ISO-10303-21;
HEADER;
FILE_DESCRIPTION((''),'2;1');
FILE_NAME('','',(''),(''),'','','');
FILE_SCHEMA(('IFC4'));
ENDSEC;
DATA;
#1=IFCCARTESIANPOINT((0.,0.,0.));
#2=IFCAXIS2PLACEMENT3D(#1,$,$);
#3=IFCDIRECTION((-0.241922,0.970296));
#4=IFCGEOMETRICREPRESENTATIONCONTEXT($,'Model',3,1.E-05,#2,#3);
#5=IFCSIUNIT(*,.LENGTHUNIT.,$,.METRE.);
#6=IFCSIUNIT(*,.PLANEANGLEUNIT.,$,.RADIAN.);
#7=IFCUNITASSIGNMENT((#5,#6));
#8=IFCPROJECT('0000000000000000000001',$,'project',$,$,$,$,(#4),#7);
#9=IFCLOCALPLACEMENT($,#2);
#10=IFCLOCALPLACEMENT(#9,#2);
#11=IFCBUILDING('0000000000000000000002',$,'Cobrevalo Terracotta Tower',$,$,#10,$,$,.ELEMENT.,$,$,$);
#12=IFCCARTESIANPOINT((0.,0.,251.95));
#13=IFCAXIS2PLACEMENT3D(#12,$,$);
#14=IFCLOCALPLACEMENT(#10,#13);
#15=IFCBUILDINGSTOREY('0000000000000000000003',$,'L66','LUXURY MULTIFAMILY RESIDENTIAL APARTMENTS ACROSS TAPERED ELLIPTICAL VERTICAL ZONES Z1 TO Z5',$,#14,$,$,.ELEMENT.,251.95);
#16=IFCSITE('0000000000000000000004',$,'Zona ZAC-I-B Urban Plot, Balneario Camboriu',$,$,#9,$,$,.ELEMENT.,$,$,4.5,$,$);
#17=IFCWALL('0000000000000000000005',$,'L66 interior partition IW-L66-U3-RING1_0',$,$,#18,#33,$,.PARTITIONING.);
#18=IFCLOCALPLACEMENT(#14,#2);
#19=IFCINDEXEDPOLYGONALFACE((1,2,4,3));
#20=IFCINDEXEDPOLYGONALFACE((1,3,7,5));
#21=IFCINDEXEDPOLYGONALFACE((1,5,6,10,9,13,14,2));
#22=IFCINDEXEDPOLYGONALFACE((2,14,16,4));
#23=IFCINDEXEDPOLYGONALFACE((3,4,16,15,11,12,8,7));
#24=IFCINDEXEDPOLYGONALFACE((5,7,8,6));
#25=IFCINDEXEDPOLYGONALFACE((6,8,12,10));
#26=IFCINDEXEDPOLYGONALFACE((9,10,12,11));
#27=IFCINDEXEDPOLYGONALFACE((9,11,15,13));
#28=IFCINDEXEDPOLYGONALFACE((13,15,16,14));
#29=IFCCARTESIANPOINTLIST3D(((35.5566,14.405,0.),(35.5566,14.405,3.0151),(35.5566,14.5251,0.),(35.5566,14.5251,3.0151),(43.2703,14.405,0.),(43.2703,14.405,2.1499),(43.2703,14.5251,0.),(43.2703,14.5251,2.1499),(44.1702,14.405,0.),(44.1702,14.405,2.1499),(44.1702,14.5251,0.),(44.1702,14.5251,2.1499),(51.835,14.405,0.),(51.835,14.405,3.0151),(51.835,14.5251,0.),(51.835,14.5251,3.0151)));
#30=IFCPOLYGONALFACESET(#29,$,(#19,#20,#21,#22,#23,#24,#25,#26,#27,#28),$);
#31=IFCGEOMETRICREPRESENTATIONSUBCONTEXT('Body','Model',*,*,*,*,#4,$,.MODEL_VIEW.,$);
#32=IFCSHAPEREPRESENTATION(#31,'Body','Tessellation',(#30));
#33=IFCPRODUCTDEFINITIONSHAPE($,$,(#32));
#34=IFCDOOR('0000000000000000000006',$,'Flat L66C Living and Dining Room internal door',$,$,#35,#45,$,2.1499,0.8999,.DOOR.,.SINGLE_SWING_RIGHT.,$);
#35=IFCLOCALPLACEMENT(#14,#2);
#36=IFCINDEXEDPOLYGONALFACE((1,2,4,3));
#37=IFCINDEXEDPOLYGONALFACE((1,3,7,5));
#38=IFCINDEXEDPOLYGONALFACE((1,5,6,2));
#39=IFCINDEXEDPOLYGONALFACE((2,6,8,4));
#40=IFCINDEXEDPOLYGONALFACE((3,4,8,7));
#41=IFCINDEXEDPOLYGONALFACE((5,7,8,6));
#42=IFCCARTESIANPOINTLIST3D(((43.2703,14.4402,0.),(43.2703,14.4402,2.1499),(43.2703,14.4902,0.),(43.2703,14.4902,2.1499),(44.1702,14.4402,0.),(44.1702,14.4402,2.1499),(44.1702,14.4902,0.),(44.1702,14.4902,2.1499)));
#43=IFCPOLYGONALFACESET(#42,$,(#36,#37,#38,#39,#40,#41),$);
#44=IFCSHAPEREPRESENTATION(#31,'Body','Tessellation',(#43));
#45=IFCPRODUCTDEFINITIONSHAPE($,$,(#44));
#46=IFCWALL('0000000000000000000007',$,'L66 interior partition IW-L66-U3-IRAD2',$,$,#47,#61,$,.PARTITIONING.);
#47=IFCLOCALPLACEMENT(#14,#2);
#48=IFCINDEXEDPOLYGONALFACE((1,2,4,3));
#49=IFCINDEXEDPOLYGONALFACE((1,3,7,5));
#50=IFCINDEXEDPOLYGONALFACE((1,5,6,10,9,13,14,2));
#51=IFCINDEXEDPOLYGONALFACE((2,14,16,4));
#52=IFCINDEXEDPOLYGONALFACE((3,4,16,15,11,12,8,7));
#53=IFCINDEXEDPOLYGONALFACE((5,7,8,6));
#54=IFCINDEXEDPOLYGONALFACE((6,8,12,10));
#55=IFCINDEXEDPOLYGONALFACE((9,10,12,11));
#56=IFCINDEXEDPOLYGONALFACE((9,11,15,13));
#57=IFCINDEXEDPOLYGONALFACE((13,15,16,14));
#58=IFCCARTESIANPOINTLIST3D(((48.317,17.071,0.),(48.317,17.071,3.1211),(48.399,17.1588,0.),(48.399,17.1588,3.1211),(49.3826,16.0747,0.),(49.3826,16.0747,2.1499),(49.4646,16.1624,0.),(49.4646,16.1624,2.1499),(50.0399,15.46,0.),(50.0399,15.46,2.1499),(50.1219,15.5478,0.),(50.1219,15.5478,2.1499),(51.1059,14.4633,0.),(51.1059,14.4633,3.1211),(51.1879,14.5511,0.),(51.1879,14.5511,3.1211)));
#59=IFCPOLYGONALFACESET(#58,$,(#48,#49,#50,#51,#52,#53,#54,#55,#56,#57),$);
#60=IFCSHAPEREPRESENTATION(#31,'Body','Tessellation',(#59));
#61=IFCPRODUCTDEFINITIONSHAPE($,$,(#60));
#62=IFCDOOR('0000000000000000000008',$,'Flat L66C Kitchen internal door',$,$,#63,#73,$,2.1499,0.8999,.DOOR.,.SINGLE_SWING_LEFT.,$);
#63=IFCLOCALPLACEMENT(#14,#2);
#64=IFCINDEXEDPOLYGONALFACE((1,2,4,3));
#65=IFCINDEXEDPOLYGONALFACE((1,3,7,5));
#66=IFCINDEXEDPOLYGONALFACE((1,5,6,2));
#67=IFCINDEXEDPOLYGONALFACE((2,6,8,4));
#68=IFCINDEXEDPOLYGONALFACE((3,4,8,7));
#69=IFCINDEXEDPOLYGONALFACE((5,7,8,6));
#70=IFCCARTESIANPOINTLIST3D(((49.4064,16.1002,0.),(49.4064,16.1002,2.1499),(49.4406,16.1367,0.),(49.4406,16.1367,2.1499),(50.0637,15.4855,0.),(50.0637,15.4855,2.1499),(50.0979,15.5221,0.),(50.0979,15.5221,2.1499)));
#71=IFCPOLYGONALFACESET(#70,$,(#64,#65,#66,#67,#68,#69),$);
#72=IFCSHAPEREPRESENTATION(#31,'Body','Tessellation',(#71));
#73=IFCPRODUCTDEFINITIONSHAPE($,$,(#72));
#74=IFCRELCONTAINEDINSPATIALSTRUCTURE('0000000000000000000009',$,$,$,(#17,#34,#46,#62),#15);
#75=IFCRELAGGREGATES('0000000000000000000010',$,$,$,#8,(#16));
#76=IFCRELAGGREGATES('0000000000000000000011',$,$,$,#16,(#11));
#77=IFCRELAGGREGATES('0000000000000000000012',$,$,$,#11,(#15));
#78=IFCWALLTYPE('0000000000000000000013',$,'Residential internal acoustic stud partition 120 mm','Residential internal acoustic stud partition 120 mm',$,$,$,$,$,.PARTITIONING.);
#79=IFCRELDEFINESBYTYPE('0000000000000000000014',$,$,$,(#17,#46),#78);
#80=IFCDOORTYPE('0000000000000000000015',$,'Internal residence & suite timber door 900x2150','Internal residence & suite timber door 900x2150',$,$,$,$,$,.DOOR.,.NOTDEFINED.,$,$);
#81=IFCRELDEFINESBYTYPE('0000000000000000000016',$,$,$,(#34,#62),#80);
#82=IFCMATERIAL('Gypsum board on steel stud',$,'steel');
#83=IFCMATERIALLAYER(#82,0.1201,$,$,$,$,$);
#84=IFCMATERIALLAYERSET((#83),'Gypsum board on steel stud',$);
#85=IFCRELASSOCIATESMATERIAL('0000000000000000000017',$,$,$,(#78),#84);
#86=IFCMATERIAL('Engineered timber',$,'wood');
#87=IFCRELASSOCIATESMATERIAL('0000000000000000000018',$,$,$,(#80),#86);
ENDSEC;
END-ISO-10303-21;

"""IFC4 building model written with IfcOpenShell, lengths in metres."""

from ifc_helpers import new_model, si_unit, direction, frame, frame_2d, origin, place, context, subcontext, project, spatial, rectangle, extrude, source, transform, mapped, material, layer, layer_set, type_object, element, fill, save


model = new_model("IFC4")

# Units and contexts
model_context = context("Model", 3, precision=1e-05, world=origin(), true_north=direction((-0.241922, 0.970296)))
body_context = subcontext(model_context, "Body", "Model", "MODEL_VIEW")
ifc_project = project(units=[si_unit("LENGTHUNIT", "METRE"), si_unit("PLANEANGLEUNIT", "RADIAN")], contexts=[model_context])

# Site, building, storey
site_placement = place(None, origin())
site = spatial("IfcSite", under=ifc_project, at=site_placement, Name="Zona ZAC-I-B Urban Plot, Balneario Camboriu", CompositionType="ELEMENT", RefElevation=4.5)
building_placement = place(site_placement, origin())
building = spatial("IfcBuilding", under=site, at=building_placement, Name="Cobrevalo Terracotta Tower", CompositionType="ELEMENT")
storey_placement = place(building_placement, frame((0.0, 0.0, 251.95)))
storey = spatial("IfcBuildingStorey", under=building, at=storey_placement, Name="L66", Description="LUXURY MULTIFAMILY RESIDENTIAL APARTMENTS ACROSS TAPERED ELLIPTICAL VERTICAL ZONES Z1 TO Z5", CompositionType="ELEMENT", Elevation=251.95)

# Shared definitions
ifc_material_1 = material(Name="Gypsum board on steel stud", Category="steel")

# Walls, openings, doors
ifc_layer_1 = layer(ifc_material_1, 0.1201)
ifc_layer_set_1 = layer_set([ifc_layer_1], Name="Gypsum board on steel stud")
wall_type_1 = type_object("IfcWallType", Name="Residential internal acoustic stud partition 120 mm", Description="Residential internal acoustic stud partition 120 mm", PredefinedType="PARTITIONING", material=ifc_layer_set_1)
wall_1_placement = place(storey_placement, frame((51.835, 14.4651, 0.0), z_axis=(0.0, 0.0, 1.0), x_axis=(-1.0, 0.0, 0.0)))
wall_1 = element("IfcWall", 1, at=wall_1_placement, inside=storey, type_object=wall_type_1, Name="L66 interior partition IW-L66-U3-RING1_0", PredefinedType="PARTITIONING", context=body_context, shape_type="SweptSolid", body=[
    extrude(rectangle(XDim=16.2783, YDim=0.1201, at=frame_2d((8.1392, 0.0))), origin(), (0.0, 0.0, 1.0), 3.0151),
])
opening_1_placement = place(wall_1_placement, frame((7.6648, 0.0, 0.0)))
opening_1 = element("IfcOpeningElement", 2, at=opening_1_placement, cuts=wall_1, PredefinedType="OPENING", context=body_context, shape_type="SweptSolid", body=[
    extrude(rectangle(XDim=0.8999, YDim=2.1499, at=frame_2d((0.45, 1.075))), frame((0.0, 0.0701, 0.0), z_axis=(0.0, -1.0, 0.0), x_axis=(1.0, 0.0, 0.0)), (0.0, 0.0, 1.0), 0.1401),
])
ifc_material_2 = material(Name="Engineered timber", Category="wood")
door_type = type_object("IfcDoorType", Name="Internal residence & suite timber door 900x2150", Description="Internal residence & suite timber door 900x2150", OperationType="NOTDEFINED", PredefinedType="DOOR", material=ifc_material_2)
shared_shape_1 = source(origin(), body_context, "Body", "SweptSolid", [
    extrude(rectangle(XDim=0.8999, YDim=2.1499, at=frame_2d((0.45, 1.075))), frame((0.0, 0.0249, 0.0), z_axis=(0.0, -1.0, 0.0), x_axis=(1.0, 0.0, 0.0)), (0.0, 0.0, 1.0), 0.05),
])
door_1_placement = place(opening_1_placement, origin())
door_1 = element("IfcDoor", 3, at=door_1_placement, inside=storey, type_object=door_type, Name="Flat L66C Living and Dining Room internal door", OperationType="SINGLE_SWING_RIGHT", OverallHeight=2.1499, OverallWidth=0.8999, PredefinedType="DOOR", context=body_context, shape_type="MappedRepresentation", body=[
    mapped(shared_shape_1, transform((0.0, 0.0, 0.0), scale=1.0)),
])
fill(opening_1, door_1)
wall_2_placement = place(storey_placement, frame((48.3579, 17.115, 0.0), z_axis=(0.0, 0.0, 1.0), x_axis=(0.730432, -0.682986, 0.0)))
wall_2 = element("IfcWall", 4, at=wall_2_placement, inside=storey, type_object=wall_type_1, Name="L66 interior partition IW-L66-U3-IRAD2", PredefinedType="PARTITIONING", context=body_context, shape_type="SweptSolid", body=[
    extrude(rectangle(XDim=3.8181, YDim=0.1201, at=frame_2d((1.9092, 0.0))), origin(), (0.0, 0.0, 1.0), 3.1211),
])
opening_2_placement = place(wall_2_placement, frame((1.459, 0.0, 0.0)))
opening_2 = element("IfcOpeningElement", 5, at=opening_2_placement, cuts=wall_2, PredefinedType="OPENING", context=body_context, shape_type="SweptSolid", body=[
    extrude(rectangle(XDim=0.8999, YDim=2.1499, at=frame_2d((0.45, 1.075))), frame((0.0, 0.0701, 0.0), z_axis=(0.0, -1.0, 0.0), x_axis=(1.0, 0.0, 0.0)), (0.0, 0.0, 1.0), 0.1401),
])
door_2_placement = place(opening_2_placement, origin())
door_2 = element("IfcDoor", 6, at=door_2_placement, inside=storey, type_object=door_type, Name="Flat L66C Kitchen internal door", OperationType="SINGLE_SWING_LEFT", OverallHeight=2.1499, OverallWidth=0.8999, PredefinedType="DOOR", context=body_context, shape_type="MappedRepresentation", body=[
    mapped(shared_shape_1, transform((0.0, 0.0, 0.0), scale=1.0)),
])
fill(opening_2, door_2)

save(model, "model.ifc")
